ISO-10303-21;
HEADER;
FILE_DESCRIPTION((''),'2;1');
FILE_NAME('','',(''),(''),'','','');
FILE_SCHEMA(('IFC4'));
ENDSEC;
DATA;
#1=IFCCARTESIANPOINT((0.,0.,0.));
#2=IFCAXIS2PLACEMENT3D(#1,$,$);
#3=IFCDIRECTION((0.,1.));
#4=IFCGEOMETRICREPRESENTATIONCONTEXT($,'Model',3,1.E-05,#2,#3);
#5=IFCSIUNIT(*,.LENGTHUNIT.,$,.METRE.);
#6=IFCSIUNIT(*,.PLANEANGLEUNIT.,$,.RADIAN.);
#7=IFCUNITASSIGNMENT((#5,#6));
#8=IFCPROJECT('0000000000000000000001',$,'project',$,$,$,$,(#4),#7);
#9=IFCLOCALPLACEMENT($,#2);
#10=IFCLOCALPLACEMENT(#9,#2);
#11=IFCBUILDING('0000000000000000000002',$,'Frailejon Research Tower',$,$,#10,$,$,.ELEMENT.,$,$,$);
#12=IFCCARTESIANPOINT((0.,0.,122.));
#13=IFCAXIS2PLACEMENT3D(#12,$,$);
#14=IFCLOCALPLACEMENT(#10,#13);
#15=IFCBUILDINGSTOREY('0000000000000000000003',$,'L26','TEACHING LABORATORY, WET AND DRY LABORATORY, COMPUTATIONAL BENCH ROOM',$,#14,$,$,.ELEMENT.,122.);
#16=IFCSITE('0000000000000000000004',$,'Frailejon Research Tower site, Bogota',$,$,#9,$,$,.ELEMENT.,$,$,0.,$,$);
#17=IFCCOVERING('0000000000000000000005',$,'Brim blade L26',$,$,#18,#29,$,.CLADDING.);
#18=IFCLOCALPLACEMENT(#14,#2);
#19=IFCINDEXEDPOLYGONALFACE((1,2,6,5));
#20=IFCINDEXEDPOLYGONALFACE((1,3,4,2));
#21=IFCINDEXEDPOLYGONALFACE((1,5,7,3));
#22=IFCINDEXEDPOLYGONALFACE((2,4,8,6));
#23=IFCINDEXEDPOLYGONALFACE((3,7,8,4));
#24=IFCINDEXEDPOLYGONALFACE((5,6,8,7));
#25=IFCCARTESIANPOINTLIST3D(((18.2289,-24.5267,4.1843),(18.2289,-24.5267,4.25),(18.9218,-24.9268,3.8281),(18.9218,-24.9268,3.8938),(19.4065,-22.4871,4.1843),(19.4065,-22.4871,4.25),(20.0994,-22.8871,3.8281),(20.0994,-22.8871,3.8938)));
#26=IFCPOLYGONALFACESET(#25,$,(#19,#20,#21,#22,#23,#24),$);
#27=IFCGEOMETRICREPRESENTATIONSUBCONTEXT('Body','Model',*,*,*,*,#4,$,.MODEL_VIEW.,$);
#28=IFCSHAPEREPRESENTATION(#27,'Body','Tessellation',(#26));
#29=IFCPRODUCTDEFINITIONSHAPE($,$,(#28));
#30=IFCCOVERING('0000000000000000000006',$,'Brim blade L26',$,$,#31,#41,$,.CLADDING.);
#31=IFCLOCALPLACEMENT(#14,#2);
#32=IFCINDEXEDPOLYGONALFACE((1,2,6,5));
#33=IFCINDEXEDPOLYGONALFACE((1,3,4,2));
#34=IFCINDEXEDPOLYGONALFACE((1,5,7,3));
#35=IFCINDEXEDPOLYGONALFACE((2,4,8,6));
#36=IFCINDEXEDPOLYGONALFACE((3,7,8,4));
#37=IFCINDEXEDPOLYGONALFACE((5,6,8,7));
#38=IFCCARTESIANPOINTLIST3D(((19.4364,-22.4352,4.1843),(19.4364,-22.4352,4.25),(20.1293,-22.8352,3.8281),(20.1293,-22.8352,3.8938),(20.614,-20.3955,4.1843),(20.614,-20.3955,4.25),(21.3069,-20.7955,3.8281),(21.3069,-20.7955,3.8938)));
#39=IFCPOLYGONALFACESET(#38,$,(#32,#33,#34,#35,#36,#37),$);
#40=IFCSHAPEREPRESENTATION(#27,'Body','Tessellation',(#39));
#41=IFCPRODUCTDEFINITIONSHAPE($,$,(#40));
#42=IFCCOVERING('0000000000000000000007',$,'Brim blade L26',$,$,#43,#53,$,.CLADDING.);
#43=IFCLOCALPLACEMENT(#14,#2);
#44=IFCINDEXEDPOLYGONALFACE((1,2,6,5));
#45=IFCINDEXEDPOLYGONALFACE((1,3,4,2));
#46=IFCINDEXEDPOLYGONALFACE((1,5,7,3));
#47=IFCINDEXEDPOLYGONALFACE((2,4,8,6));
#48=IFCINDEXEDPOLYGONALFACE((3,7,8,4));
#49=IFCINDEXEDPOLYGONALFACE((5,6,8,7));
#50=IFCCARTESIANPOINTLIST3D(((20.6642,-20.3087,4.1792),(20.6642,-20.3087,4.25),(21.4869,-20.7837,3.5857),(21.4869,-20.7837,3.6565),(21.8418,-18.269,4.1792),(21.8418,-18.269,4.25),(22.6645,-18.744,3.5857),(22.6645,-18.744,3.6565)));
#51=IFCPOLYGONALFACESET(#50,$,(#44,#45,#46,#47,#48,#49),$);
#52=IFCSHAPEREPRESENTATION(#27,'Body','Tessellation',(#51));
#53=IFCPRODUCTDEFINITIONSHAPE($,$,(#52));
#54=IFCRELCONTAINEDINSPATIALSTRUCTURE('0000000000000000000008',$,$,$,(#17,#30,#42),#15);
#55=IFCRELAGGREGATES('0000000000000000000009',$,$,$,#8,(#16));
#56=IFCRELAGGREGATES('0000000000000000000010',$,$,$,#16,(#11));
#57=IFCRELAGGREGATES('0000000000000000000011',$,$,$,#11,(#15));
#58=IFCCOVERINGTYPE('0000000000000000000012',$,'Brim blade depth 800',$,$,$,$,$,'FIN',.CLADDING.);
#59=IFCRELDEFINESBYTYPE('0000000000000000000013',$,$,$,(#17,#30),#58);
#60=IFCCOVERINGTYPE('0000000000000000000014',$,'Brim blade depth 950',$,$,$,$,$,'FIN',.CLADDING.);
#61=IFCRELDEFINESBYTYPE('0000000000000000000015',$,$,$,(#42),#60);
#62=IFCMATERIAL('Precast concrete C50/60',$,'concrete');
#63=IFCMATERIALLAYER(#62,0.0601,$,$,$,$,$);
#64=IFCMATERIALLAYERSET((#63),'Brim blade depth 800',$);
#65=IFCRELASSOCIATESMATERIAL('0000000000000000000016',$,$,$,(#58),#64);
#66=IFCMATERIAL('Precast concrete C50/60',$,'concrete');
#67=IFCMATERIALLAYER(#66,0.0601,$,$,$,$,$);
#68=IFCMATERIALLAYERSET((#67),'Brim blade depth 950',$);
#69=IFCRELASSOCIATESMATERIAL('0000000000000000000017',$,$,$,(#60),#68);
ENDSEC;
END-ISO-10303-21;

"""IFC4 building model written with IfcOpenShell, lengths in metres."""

from ifc_helpers import new_model, si_unit, direction, frame, origin, place, context, subcontext, project, spatial, polyline, outline, extrude, material, layer, layer_set, type_object, element, save


model = new_model("IFC4")

# Units and contexts
model_context = context("Model", 3, precision=1e-05, world=origin(), true_north=direction((0.0, 1.0)))
body_context = subcontext(model_context, "Body", "Model", "MODEL_VIEW")
ifc_project = project(units=[si_unit("LENGTHUNIT", "METRE"), si_unit("PLANEANGLEUNIT", "RADIAN")], contexts=[model_context])

# Site, building, storey
site_placement = place(None, origin())
site = spatial("IfcSite", under=ifc_project, at=site_placement, Name="Frailejon Research Tower site, Bogota", CompositionType="ELEMENT", RefElevation=0.0)
building_placement = place(site_placement, origin())
building = spatial("IfcBuilding", under=site, at=building_placement, Name="Frailejon Research Tower", CompositionType="ELEMENT")
storey_placement = place(building_placement, frame((0.0, 0.0, 122.0)))
storey = spatial("IfcBuildingStorey", under=building, at=storey_placement, Name="L26", Description="TEACHING LABORATORY, WET AND DRY LABORATORY, COMPUTATIONAL BENCH ROOM", CompositionType="ELEMENT", Elevation=122.0)

# Coverings
ifc_material_1 = material(Name="Precast concrete C50/60", Category="concrete")
ifc_layer_1 = layer(ifc_material_1, 0.0601)
ifc_layer_set_1 = layer_set([ifc_layer_1], Name="Brim blade depth 800")
covering_type_1 = type_object("IfcCoveringType", Name="Brim blade depth 800", ElementType="FIN", PredefinedType="CLADDING", material=ifc_layer_set_1)
for number, where, z_axis, x_axis, name in (
    (1, (19.4065, -22.4871, 4.25), (-0.499997, -0.866027, 0.0), (0.866027, -0.499997, 0.0), "Brim blade L26"),
    (2, (20.614, -20.3955, 4.25), (-0.499997, -0.866027, 0.0), (0.866027, -0.499997, 0.0), "Brim blade L26"),
):
    element("IfcCovering", number, at=place(storey_placement, frame(where, z_axis=z_axis, x_axis=x_axis)), inside=storey, type_object=covering_type_1, Name=name, PredefinedType="CLADDING", context=body_context, shape_type="SweptSolid", body=[
        extrude(outline(polyline([(0.0, -0.0657), (0.8, -0.4219), (0.8, -0.3562), (0.0, 0.0), (0.0, -0.0657)])), origin(), (0.0, 0.0, 1.0), 2.3552),
    ])
ifc_material_2 = material(Name="Precast concrete C50/60", Category="concrete")
ifc_layer_2 = layer(ifc_material_2, 0.0601)
ifc_layer_set_2 = layer_set([ifc_layer_2], Name="Brim blade depth 950")
covering_type_2 = type_object("IfcCoveringType", Name="Brim blade depth 950", ElementType="FIN", PredefinedType="CLADDING", material=ifc_layer_set_2)
covering_1_placement = place(storey_placement, frame((21.8418, -18.269, 4.25), z_axis=(-0.499997, -0.866027, 0.0), x_axis=(0.866027, -0.499997, 0.0)))
element("IfcCovering", 3, at=covering_1_placement, inside=storey, type_object=covering_type_2, Name="Brim blade L26", PredefinedType="CLADDING", context=body_context, shape_type="SweptSolid", body=[
    extrude(outline(polyline([(0.0, -0.0708), (0.95, -0.6643), (0.95, -0.5935), (0.0, 0.0), (0.0, -0.0708)])), origin(), (0.0, 0.0, 1.0), 2.3552),
])

save(model, "model.ifc")
